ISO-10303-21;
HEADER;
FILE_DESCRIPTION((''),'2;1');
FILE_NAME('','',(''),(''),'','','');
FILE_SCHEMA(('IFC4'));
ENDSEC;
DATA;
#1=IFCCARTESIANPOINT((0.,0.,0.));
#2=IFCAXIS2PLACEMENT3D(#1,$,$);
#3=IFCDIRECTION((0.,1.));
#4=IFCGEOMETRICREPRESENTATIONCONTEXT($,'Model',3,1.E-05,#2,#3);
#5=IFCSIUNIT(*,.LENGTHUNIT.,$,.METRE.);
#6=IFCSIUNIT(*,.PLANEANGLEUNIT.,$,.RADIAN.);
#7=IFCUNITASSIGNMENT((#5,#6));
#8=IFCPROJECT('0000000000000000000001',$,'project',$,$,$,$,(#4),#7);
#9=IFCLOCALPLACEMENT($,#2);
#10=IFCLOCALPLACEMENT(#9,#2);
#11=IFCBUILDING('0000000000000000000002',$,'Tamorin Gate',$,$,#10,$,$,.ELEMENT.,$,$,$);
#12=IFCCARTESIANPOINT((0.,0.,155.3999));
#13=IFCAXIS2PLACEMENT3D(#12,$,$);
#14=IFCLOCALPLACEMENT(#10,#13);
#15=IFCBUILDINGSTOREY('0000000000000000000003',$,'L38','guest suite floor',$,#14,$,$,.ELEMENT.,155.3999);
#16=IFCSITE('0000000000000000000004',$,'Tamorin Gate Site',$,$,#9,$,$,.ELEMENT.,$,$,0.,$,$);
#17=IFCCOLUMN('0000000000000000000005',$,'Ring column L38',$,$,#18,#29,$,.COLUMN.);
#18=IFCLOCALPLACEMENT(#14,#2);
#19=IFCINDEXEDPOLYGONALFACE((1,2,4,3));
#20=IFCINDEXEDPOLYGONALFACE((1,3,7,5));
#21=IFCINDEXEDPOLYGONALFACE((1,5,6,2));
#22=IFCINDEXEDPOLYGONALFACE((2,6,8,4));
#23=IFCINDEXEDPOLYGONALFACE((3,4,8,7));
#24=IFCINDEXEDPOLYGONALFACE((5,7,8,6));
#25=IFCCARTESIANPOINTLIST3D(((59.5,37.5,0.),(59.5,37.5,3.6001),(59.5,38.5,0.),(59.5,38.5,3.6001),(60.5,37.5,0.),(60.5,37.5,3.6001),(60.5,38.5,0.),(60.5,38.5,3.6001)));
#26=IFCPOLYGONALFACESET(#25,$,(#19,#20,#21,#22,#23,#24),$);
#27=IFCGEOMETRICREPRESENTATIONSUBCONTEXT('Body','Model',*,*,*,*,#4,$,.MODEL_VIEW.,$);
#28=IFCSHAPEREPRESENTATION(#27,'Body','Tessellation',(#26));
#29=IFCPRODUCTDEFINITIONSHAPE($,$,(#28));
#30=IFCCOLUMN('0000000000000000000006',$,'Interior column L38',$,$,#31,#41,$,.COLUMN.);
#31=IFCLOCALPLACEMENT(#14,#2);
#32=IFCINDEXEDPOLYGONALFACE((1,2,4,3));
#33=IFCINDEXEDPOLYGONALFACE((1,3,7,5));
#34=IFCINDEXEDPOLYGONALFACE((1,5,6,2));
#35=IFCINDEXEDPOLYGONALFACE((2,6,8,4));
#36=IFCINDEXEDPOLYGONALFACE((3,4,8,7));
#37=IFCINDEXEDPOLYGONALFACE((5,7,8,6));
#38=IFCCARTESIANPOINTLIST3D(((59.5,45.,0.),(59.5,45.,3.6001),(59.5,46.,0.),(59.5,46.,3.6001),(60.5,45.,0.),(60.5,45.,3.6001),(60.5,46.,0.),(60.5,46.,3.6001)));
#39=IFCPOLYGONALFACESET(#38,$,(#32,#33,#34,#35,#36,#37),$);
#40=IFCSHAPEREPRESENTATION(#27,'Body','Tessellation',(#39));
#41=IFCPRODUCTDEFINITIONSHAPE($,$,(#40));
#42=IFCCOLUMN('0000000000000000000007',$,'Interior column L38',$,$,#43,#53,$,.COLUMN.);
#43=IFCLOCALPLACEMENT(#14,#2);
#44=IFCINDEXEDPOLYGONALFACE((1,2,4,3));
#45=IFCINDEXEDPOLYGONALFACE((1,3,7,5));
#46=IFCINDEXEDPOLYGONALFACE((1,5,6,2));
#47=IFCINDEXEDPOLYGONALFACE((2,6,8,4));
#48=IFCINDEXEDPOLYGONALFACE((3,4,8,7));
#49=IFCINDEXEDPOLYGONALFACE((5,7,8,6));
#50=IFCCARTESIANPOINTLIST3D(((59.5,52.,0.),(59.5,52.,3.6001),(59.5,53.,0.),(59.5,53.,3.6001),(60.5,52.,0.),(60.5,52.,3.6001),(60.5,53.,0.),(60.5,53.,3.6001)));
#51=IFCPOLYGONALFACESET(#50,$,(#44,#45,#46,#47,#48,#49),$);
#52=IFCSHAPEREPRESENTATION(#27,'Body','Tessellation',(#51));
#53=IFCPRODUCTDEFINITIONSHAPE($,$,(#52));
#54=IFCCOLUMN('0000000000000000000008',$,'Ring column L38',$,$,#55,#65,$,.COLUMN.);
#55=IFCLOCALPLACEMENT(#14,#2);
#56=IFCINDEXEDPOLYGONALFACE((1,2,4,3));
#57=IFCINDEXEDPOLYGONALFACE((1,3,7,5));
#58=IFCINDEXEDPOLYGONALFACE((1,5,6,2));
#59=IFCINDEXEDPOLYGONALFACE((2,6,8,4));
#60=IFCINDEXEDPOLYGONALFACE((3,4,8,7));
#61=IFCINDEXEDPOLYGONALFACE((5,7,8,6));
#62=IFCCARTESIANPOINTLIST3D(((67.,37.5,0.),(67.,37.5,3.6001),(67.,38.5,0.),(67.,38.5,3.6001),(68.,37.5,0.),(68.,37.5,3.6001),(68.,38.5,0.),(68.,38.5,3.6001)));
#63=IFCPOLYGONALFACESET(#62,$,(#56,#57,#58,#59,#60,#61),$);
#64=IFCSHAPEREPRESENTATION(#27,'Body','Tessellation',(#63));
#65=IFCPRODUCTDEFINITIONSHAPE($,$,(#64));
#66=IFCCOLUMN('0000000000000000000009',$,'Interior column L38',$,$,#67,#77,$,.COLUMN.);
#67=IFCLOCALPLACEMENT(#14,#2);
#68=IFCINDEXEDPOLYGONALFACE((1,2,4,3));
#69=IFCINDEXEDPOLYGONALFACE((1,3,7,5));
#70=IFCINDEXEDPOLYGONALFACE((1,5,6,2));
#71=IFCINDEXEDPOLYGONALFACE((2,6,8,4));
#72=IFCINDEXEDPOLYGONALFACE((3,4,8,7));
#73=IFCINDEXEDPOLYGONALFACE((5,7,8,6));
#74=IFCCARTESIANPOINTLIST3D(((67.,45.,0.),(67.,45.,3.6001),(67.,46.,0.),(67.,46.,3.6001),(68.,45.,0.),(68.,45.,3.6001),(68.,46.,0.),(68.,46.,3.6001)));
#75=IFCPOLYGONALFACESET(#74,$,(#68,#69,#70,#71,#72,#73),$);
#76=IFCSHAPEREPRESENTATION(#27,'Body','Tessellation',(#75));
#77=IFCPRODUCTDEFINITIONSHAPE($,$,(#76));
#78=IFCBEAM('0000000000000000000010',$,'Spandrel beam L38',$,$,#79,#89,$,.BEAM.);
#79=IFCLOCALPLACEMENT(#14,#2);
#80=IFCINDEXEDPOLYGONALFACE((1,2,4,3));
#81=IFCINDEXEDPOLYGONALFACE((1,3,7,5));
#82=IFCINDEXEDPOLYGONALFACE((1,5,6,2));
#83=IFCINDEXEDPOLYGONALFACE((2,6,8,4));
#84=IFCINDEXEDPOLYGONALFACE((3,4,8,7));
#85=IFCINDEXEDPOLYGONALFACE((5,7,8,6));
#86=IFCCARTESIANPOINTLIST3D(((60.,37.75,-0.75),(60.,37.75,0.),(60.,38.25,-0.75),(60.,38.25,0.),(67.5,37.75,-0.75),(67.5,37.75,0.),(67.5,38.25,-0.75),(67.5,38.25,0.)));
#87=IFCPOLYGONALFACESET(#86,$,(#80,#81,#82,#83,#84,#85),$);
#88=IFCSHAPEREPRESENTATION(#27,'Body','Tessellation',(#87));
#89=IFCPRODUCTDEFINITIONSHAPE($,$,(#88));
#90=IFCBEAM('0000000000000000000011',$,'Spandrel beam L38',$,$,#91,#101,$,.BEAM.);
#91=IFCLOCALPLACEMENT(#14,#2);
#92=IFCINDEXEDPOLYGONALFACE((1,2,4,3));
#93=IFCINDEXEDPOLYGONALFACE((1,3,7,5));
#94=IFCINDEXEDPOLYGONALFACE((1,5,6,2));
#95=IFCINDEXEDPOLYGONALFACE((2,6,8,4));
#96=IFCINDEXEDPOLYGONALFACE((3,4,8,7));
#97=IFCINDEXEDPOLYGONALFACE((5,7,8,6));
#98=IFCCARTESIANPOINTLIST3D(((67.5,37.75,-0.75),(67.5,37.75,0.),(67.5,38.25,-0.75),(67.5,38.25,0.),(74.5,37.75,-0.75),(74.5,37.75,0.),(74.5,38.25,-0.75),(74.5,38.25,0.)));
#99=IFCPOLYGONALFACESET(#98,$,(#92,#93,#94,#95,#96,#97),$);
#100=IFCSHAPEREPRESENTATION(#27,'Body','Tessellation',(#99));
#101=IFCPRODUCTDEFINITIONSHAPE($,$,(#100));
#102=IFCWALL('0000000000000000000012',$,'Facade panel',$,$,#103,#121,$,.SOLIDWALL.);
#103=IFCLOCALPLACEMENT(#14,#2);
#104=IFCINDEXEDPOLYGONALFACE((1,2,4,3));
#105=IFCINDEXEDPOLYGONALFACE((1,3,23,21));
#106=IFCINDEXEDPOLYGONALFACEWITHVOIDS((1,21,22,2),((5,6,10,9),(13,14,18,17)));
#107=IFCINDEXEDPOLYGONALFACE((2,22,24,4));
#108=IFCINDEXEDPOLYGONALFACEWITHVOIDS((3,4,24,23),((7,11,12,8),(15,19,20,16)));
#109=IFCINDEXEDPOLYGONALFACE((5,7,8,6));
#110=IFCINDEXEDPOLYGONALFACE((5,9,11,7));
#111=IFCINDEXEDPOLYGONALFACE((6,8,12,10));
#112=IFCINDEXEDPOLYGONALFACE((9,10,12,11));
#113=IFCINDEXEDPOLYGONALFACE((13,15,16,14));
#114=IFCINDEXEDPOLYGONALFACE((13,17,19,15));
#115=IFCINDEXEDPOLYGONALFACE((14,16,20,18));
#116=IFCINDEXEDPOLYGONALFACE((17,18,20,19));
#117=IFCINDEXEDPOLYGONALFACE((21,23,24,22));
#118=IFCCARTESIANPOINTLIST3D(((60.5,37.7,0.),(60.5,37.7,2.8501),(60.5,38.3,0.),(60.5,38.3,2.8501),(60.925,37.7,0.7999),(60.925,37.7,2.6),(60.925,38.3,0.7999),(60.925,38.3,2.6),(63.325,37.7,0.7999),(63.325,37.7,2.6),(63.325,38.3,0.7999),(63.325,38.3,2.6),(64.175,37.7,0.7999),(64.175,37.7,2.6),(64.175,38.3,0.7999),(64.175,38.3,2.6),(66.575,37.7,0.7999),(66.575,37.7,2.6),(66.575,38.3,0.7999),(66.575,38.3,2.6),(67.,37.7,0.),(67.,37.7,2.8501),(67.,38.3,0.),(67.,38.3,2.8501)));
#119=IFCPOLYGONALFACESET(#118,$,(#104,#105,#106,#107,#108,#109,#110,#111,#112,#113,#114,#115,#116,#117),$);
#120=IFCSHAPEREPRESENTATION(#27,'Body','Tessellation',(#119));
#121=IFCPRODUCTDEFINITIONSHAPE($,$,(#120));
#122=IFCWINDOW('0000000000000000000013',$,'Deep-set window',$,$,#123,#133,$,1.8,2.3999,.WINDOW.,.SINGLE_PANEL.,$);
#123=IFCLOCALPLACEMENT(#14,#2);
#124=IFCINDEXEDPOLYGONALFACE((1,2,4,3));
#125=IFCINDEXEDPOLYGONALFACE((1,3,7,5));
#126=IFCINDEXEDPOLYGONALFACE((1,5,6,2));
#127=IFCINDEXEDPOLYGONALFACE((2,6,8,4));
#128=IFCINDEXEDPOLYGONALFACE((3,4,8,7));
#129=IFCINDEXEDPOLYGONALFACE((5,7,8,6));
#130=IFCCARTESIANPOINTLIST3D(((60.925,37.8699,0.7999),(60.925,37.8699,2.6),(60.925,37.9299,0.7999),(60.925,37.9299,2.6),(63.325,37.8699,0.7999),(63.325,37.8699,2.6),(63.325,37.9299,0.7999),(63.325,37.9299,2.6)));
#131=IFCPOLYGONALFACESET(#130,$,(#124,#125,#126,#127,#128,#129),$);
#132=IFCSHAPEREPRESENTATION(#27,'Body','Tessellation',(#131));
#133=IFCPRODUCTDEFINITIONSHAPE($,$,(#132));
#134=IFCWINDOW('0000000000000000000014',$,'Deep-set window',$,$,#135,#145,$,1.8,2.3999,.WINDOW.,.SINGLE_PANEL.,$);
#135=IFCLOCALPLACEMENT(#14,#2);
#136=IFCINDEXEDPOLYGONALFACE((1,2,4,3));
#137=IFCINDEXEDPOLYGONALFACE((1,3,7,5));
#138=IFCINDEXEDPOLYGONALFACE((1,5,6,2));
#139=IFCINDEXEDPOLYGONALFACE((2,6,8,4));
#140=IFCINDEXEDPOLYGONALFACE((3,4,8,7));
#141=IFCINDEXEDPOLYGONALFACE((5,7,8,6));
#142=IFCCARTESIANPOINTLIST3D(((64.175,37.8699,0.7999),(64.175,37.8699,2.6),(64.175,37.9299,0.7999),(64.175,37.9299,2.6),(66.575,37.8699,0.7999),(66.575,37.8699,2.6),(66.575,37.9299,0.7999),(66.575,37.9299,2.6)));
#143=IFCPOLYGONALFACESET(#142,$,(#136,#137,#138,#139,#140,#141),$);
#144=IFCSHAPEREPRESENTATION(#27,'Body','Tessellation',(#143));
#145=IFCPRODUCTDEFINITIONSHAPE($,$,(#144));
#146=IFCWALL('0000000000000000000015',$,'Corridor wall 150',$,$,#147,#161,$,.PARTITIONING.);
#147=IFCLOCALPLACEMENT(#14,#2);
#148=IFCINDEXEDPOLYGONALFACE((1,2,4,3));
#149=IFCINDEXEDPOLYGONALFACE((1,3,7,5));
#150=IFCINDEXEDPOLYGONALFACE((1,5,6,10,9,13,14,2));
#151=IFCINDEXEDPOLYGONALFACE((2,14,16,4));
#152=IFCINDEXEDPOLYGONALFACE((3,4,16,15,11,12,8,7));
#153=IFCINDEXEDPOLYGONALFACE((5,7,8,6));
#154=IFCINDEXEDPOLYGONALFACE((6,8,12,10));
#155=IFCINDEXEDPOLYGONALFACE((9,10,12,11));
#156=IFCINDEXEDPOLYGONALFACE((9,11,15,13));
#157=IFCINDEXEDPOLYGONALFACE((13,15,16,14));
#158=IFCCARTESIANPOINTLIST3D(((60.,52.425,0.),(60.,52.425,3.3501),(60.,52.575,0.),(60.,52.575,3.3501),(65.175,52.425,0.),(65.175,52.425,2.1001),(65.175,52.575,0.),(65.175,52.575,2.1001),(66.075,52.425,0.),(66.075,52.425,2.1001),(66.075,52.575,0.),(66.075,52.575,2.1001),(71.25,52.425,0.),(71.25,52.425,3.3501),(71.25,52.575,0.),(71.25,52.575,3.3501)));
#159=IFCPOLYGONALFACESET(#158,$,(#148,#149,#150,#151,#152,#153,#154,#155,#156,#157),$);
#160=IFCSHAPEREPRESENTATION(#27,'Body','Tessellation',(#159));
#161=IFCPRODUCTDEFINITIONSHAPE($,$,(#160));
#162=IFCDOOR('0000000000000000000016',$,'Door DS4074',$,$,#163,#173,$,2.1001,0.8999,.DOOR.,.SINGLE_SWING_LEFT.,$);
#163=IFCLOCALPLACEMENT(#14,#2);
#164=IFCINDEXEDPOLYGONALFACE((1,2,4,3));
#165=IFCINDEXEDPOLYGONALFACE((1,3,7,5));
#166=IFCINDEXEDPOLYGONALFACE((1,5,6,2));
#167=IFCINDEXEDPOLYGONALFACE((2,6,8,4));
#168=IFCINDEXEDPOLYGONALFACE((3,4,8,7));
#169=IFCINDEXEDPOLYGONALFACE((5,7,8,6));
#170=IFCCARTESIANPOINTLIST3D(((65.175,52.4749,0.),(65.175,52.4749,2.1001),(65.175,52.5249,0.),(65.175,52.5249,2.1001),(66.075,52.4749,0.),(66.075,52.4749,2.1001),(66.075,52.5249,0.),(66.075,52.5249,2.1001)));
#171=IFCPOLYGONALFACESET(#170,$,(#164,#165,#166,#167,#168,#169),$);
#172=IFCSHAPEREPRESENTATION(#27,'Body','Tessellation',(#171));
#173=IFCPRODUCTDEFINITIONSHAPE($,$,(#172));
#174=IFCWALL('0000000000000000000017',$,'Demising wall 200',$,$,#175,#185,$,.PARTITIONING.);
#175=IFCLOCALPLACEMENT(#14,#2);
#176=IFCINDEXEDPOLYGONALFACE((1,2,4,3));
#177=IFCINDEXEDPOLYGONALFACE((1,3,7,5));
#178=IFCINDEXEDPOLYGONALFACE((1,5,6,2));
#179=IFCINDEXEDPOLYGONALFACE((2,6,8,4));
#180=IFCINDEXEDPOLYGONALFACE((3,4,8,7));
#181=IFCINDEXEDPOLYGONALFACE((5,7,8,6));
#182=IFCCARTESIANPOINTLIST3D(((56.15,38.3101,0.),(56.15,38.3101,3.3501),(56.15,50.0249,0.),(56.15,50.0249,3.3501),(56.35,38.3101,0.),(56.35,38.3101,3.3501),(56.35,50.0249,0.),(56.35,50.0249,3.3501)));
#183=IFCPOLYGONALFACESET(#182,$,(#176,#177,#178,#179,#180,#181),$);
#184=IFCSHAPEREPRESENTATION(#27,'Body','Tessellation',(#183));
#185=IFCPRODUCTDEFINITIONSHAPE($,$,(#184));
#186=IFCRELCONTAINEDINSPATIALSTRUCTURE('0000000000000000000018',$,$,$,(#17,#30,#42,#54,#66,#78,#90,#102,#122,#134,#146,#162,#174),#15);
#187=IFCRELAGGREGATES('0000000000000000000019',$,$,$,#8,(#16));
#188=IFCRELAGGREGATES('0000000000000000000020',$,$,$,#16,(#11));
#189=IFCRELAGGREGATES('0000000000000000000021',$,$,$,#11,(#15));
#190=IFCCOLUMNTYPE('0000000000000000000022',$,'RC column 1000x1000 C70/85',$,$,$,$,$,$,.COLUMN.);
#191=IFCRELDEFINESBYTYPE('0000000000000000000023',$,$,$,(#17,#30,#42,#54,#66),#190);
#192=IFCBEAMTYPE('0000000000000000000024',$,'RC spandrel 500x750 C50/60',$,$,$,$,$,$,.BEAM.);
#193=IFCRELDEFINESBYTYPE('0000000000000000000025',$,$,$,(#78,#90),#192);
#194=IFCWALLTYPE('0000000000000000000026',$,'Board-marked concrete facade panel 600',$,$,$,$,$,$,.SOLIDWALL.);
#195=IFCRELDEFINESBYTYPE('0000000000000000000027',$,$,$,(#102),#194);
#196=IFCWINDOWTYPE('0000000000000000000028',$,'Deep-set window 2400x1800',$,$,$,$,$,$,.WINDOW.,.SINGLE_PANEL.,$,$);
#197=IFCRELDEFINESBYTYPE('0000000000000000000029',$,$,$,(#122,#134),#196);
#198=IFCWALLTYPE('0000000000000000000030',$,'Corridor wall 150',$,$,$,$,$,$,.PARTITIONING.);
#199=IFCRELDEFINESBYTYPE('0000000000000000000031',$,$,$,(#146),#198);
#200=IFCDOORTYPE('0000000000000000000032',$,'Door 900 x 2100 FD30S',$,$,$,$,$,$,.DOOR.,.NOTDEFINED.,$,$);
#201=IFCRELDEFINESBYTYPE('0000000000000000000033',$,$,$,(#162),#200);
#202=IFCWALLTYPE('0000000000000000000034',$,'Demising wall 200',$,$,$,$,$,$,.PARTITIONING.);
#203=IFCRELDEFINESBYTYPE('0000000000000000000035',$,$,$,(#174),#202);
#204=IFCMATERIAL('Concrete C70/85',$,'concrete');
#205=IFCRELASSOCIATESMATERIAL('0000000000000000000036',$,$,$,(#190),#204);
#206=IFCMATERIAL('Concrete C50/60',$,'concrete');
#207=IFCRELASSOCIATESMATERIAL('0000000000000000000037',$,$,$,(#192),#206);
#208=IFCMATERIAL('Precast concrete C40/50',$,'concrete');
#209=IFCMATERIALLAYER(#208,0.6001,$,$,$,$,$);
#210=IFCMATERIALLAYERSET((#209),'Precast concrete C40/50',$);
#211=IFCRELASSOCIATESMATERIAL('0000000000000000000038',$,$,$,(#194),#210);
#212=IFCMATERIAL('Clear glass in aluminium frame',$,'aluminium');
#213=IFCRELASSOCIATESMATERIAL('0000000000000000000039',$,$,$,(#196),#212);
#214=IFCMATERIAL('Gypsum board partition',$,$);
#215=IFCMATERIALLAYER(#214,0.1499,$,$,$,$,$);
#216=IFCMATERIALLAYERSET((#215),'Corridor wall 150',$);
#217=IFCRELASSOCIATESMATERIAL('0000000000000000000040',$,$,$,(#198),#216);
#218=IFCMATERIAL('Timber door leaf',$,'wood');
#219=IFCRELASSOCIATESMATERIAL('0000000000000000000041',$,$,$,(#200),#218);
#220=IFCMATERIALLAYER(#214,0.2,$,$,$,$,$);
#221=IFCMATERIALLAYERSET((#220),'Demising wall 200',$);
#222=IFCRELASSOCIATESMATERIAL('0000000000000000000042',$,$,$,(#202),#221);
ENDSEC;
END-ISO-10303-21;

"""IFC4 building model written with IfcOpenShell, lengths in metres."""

from ifc_helpers import new_model, si_unit, direction, frame, frame_2d, origin, origin_2d, place, context, subcontext, project, spatial, rectangle, extrude, material, layer, layer_set, material_profile, profile_set, type_object, element, fill, save


model = new_model("IFC4")

# Units and contexts
model_context = context("Model", 3, precision=1e-05, world=origin(), true_north=direction((0.0, 1.0)))
body_context = subcontext(model_context, "Body", "Model", "MODEL_VIEW")
ifc_project = project(units=[si_unit("LENGTHUNIT", "METRE"), si_unit("PLANEANGLEUNIT", "RADIAN")], contexts=[model_context])

# Site, building, storey
site_placement = place(None, origin())
site = spatial("IfcSite", under=ifc_project, at=site_placement, Name="Tamorin Gate Site", CompositionType="ELEMENT", RefElevation=0.0)
building_placement = place(site_placement, origin())
building = spatial("IfcBuilding", under=site, at=building_placement, Name="Tamorin Gate", CompositionType="ELEMENT")
storey_placement = place(building_placement, frame((0.0, 0.0, 155.3999)))
storey = spatial("IfcBuildingStorey", under=building, at=storey_placement, Name="L38", Description="guest suite floor", CompositionType="ELEMENT", Elevation=155.3999)

# Columns
ifc_material_1 = material(Name="Concrete C70/85", Category="concrete")
ifc_material_profile_1 = material_profile(ifc_material_1, rectangle(XDim=1.0, YDim=1.0, at=origin_2d()), Name="RC 1000x1000")
ifc_profile_set_1 = profile_set([ifc_material_profile_1], Name="Concrete C70/85")
column_type = type_object("IfcColumnType", Name="RC column 1000x1000 C70/85", PredefinedType="COLUMN", material=ifc_profile_set_1)
for number, where, z_axis, x_axis, name in (
    (1, (60.0, 38.0, 0.0), (0.0, 0.0, 1.0), (1.0, 0.0, 0.0), "Ring column L38"),
    (2, (60.0, 45.5, 0.0), (0.0, 0.0, 1.0), (1.0, 0.0, 0.0), "Interior column L38"),
    (3, (60.0, 52.5, 0.0), (0.0, 0.0, 1.0), (1.0, 0.0, 0.0), "Interior column L38"),
    (4, (67.5, 38.0, 0.0), (0.0, 0.0, 1.0), (1.0, 0.0, 0.0), "Ring column L38"),
    (5, (67.5, 45.5, 0.0), (0.0, 0.0, 1.0), (1.0, 0.0, 0.0), "Interior column L38"),
):
    element("IfcColumn", number, at=place(storey_placement, frame(where, z_axis=z_axis, x_axis=x_axis)), inside=storey, type_object=column_type, Name=name, PredefinedType="COLUMN", context=body_context, shape_type="SweptSolid", body=[
        extrude(rectangle(XDim=1.0, YDim=1.0, at=origin_2d()), origin(), (0.0, 0.0, 1.0), 3.6001),
    ])

# Beams
ifc_material_2 = material(Name="Concrete C50/60", Category="concrete")
ifc_material_profile_2 = material_profile(ifc_material_2, rectangle(XDim=0.5, YDim=0.75, at=origin_2d()), Name="RC 500x750")
ifc_profile_set_2 = profile_set([ifc_material_profile_2], Name="Concrete C50/60")
beam_type = type_object("IfcBeamType", Name="RC spandrel 500x750 C50/60", PredefinedType="BEAM", material=ifc_profile_set_2)
beam_1_placement = place(storey_placement, frame((60.0, 38.0, -0.375), z_axis=(1.0, 0.0, 0.0), x_axis=(0.0, 1.0, 0.0)))
element("IfcBeam", 6, at=beam_1_placement, inside=storey, type_object=beam_type, Name="Spandrel beam L38", PredefinedType="BEAM", context=body_context, shape_type="SweptSolid", body=[
    extrude(rectangle(XDim=0.5, YDim=0.75, at=origin_2d()), origin(), (0.0, 0.0, 1.0), 7.5),
])
beam_2_placement = place(storey_placement, frame((67.5, 38.0, -0.375), z_axis=(1.0, 0.0, 0.0), x_axis=(0.0, 1.0, 0.0)))
element("IfcBeam", 7, at=beam_2_placement, inside=storey, type_object=beam_type, Name="Spandrel beam L38", PredefinedType="BEAM", context=body_context, shape_type="SweptSolid", body=[
    extrude(rectangle(XDim=0.5, YDim=0.75, at=origin_2d()), origin(), (0.0, 0.0, 1.0), 7.0),
])

# Wall, openings, windows
ifc_material_3 = material(Name="Precast concrete C40/50", Category="concrete")
ifc_layer_1 = layer(ifc_material_3, 0.6001)
ifc_layer_set_1 = layer_set([ifc_layer_1], Name="Precast concrete C40/50")
wall_type_1 = type_object("IfcWallType", Name="Board-marked concrete facade panel 600", PredefinedType="SOLIDWALL", material=ifc_layer_set_1)
wall_1_placement = place(storey_placement, frame((60.5, 38.0, 0.0), z_axis=(0.0, 0.0, 1.0), x_axis=(1.0, 0.0, 0.0)))
wall_1 = element("IfcWall", 8, at=wall_1_placement, inside=storey, type_object=wall_type_1, Name="Facade panel", PredefinedType="SOLIDWALL", context=body_context, shape_type="SweptSolid", body=[
    extrude(rectangle(XDim=6.5, YDim=0.6001, at=frame_2d((3.25, 0.0))), origin(), (0.0, 0.0, 1.0), 2.8501),
])
opening_1_placement = place(wall_1_placement, frame((0.425, 0.0, 0.8)))
opening_1 = element("IfcOpeningElement", 9, at=opening_1_placement, cuts=wall_1, PredefinedType="OPENING", context=body_context, shape_type="SweptSolid", body=[
    extrude(rectangle(XDim=2.3999, YDim=1.8, at=frame_2d((1.2, 0.8999))), frame((0.0, 0.3101, 0.0), z_axis=(0.0, -1.0, 0.0), x_axis=(1.0, 0.0, 0.0)), (0.0, 0.0, 1.0), 0.6201),
])
opening_2_placement = place(wall_1_placement, frame((3.675, 0.0, 0.8)))
opening_2 = element("IfcOpeningElement", 10, at=opening_2_placement, cuts=wall_1, PredefinedType="OPENING", context=body_context, shape_type="SweptSolid", body=[
    extrude(rectangle(XDim=2.3999, YDim=1.8, at=frame_2d((1.2, 0.8999))), frame((0.0, 0.3101, 0.0), z_axis=(0.0, -1.0, 0.0), x_axis=(1.0, 0.0, 0.0)), (0.0, 0.0, 1.0), 0.6201),
])
ifc_material_4 = material(Name="Clear glass in aluminium frame", Category="aluminium")
window_type = type_object("IfcWindowType", Name="Deep-set window 2400x1800", PartitioningType="SINGLE_PANEL", PredefinedType="WINDOW", material=ifc_material_4)
window_1_placement = place(opening_1_placement, origin())
window_1 = element("IfcWindow", 11, at=window_1_placement, inside=storey, type_object=window_type, Name="Deep-set window", OverallHeight=1.8, OverallWidth=2.3999, PartitioningType="SINGLE_PANEL", PredefinedType="WINDOW", context=body_context, shape_type="SweptSolid", body=[
    extrude(rectangle(XDim=2.3999, YDim=1.8, at=frame_2d((1.2, 0.8999))), frame((0.0, -0.0701, 0.0), z_axis=(0.0, -1.0, 0.0), x_axis=(1.0, 0.0, 0.0)), (0.0, 0.0, 1.0), 0.0601),
])
fill(opening_1, window_1)
window_2_placement = place(opening_2_placement, origin())
window_2 = element("IfcWindow", 12, at=window_2_placement, inside=storey, type_object=window_type, Name="Deep-set window", OverallHeight=1.8, OverallWidth=2.3999, PartitioningType="SINGLE_PANEL", PredefinedType="WINDOW", context=body_context, shape_type="SweptSolid", body=[
    extrude(rectangle(XDim=2.3999, YDim=1.8, at=frame_2d((1.2, 0.8999))), frame((0.0, -0.0701, 0.0), z_axis=(0.0, -1.0, 0.0), x_axis=(1.0, 0.0, 0.0)), (0.0, 0.0, 1.0), 0.0601),
])
fill(opening_2, window_2)

# Wall, opening, door
ifc_material_5 = material(Name="Gypsum board partition")
ifc_layer_2 = layer(ifc_material_5, 0.1499)
ifc_layer_set_2 = layer_set([ifc_layer_2], Name="Corridor wall 150")
wall_type_2 = type_object("IfcWallType", Name="Corridor wall 150", PredefinedType="PARTITIONING", material=ifc_layer_set_2)
wall_2_placement = place(storey_placement, frame((60.0, 52.5, 0.0), z_axis=(0.0, 0.0, 1.0), x_axis=(1.0, 0.0, 0.0)))
wall_2 = element("IfcWall", 13, at=wall_2_placement, inside=storey, type_object=wall_type_2, Name="Corridor wall 150", PredefinedType="PARTITIONING", context=body_context, shape_type="SweptSolid", body=[
    extrude(rectangle(XDim=11.25, YDim=0.1499, at=frame_2d((5.625, 0.0))), origin(), (0.0, 0.0, 1.0), 3.3501),
])
opening_3_placement = place(wall_2_placement, frame((5.175, 0.0, 0.0)))
opening_3 = element("IfcOpeningElement", 14, at=opening_3_placement, cuts=wall_2, PredefinedType="OPENING", context=body_context, shape_type="SweptSolid", body=[
    extrude(rectangle(XDim=0.8999, YDim=2.1001, at=frame_2d((0.45, 1.05))), frame((0.0, 0.085, 0.0), z_axis=(0.0, -1.0, 0.0), x_axis=(1.0, 0.0, 0.0)), (0.0, 0.0, 1.0), 0.1699),
])
ifc_material_6 = material(Name="Timber door leaf", Category="wood")
door_type_1 = type_object("IfcDoorType", Name="Door 900 x 2100 FD30S", OperationType="NOTDEFINED", PredefinedType="DOOR", material=ifc_material_6)
door_1_placement = place(opening_3_placement, origin())
door_1 = element("IfcDoor", 15, at=door_1_placement, inside=storey, type_object=door_type_1, Name="Door DS4074", OperationType="SINGLE_SWING_LEFT", OverallHeight=2.1001, OverallWidth=0.8999, PredefinedType="DOOR", context=body_context, shape_type="SweptSolid", body=[
    extrude(rectangle(XDim=0.8999, YDim=2.1001, at=frame_2d((0.45, 1.05))), frame((0.0, 0.0249, 0.0), z_axis=(0.0, -1.0, 0.0), x_axis=(1.0, 0.0, 0.0)), (0.0, 0.0, 1.0), 0.05),
])
fill(opening_3, door_1)

# Wall
ifc_layer_3 = layer(ifc_material_5, 0.2)
ifc_layer_set_3 = layer_set([ifc_layer_3], Name="Demising wall 200")
wall_type_3 = type_object("IfcWallType", Name="Demising wall 200", PredefinedType="PARTITIONING", material=ifc_layer_set_3)
for number, where, z_axis, x_axis, name in (
    (16, (56.25, 38.3101, 0.0), (0.0, 0.0, 1.0), (0.0, 1.0, 0.0), "Demising wall 200"),
):
    element("IfcWall", number, at=place(storey_placement, frame(where, z_axis=z_axis, x_axis=x_axis)), inside=storey, type_object=wall_type_3, Name=name, PredefinedType="PARTITIONING", context=body_context, shape_type="SweptSolid", body=[
        extrude(rectangle(XDim=11.7148, YDim=0.2, at=frame_2d((5.8574, 0.0))), origin(), (0.0, 0.0, 1.0), 3.3501),
    ])

save(model, "model.ifc")
